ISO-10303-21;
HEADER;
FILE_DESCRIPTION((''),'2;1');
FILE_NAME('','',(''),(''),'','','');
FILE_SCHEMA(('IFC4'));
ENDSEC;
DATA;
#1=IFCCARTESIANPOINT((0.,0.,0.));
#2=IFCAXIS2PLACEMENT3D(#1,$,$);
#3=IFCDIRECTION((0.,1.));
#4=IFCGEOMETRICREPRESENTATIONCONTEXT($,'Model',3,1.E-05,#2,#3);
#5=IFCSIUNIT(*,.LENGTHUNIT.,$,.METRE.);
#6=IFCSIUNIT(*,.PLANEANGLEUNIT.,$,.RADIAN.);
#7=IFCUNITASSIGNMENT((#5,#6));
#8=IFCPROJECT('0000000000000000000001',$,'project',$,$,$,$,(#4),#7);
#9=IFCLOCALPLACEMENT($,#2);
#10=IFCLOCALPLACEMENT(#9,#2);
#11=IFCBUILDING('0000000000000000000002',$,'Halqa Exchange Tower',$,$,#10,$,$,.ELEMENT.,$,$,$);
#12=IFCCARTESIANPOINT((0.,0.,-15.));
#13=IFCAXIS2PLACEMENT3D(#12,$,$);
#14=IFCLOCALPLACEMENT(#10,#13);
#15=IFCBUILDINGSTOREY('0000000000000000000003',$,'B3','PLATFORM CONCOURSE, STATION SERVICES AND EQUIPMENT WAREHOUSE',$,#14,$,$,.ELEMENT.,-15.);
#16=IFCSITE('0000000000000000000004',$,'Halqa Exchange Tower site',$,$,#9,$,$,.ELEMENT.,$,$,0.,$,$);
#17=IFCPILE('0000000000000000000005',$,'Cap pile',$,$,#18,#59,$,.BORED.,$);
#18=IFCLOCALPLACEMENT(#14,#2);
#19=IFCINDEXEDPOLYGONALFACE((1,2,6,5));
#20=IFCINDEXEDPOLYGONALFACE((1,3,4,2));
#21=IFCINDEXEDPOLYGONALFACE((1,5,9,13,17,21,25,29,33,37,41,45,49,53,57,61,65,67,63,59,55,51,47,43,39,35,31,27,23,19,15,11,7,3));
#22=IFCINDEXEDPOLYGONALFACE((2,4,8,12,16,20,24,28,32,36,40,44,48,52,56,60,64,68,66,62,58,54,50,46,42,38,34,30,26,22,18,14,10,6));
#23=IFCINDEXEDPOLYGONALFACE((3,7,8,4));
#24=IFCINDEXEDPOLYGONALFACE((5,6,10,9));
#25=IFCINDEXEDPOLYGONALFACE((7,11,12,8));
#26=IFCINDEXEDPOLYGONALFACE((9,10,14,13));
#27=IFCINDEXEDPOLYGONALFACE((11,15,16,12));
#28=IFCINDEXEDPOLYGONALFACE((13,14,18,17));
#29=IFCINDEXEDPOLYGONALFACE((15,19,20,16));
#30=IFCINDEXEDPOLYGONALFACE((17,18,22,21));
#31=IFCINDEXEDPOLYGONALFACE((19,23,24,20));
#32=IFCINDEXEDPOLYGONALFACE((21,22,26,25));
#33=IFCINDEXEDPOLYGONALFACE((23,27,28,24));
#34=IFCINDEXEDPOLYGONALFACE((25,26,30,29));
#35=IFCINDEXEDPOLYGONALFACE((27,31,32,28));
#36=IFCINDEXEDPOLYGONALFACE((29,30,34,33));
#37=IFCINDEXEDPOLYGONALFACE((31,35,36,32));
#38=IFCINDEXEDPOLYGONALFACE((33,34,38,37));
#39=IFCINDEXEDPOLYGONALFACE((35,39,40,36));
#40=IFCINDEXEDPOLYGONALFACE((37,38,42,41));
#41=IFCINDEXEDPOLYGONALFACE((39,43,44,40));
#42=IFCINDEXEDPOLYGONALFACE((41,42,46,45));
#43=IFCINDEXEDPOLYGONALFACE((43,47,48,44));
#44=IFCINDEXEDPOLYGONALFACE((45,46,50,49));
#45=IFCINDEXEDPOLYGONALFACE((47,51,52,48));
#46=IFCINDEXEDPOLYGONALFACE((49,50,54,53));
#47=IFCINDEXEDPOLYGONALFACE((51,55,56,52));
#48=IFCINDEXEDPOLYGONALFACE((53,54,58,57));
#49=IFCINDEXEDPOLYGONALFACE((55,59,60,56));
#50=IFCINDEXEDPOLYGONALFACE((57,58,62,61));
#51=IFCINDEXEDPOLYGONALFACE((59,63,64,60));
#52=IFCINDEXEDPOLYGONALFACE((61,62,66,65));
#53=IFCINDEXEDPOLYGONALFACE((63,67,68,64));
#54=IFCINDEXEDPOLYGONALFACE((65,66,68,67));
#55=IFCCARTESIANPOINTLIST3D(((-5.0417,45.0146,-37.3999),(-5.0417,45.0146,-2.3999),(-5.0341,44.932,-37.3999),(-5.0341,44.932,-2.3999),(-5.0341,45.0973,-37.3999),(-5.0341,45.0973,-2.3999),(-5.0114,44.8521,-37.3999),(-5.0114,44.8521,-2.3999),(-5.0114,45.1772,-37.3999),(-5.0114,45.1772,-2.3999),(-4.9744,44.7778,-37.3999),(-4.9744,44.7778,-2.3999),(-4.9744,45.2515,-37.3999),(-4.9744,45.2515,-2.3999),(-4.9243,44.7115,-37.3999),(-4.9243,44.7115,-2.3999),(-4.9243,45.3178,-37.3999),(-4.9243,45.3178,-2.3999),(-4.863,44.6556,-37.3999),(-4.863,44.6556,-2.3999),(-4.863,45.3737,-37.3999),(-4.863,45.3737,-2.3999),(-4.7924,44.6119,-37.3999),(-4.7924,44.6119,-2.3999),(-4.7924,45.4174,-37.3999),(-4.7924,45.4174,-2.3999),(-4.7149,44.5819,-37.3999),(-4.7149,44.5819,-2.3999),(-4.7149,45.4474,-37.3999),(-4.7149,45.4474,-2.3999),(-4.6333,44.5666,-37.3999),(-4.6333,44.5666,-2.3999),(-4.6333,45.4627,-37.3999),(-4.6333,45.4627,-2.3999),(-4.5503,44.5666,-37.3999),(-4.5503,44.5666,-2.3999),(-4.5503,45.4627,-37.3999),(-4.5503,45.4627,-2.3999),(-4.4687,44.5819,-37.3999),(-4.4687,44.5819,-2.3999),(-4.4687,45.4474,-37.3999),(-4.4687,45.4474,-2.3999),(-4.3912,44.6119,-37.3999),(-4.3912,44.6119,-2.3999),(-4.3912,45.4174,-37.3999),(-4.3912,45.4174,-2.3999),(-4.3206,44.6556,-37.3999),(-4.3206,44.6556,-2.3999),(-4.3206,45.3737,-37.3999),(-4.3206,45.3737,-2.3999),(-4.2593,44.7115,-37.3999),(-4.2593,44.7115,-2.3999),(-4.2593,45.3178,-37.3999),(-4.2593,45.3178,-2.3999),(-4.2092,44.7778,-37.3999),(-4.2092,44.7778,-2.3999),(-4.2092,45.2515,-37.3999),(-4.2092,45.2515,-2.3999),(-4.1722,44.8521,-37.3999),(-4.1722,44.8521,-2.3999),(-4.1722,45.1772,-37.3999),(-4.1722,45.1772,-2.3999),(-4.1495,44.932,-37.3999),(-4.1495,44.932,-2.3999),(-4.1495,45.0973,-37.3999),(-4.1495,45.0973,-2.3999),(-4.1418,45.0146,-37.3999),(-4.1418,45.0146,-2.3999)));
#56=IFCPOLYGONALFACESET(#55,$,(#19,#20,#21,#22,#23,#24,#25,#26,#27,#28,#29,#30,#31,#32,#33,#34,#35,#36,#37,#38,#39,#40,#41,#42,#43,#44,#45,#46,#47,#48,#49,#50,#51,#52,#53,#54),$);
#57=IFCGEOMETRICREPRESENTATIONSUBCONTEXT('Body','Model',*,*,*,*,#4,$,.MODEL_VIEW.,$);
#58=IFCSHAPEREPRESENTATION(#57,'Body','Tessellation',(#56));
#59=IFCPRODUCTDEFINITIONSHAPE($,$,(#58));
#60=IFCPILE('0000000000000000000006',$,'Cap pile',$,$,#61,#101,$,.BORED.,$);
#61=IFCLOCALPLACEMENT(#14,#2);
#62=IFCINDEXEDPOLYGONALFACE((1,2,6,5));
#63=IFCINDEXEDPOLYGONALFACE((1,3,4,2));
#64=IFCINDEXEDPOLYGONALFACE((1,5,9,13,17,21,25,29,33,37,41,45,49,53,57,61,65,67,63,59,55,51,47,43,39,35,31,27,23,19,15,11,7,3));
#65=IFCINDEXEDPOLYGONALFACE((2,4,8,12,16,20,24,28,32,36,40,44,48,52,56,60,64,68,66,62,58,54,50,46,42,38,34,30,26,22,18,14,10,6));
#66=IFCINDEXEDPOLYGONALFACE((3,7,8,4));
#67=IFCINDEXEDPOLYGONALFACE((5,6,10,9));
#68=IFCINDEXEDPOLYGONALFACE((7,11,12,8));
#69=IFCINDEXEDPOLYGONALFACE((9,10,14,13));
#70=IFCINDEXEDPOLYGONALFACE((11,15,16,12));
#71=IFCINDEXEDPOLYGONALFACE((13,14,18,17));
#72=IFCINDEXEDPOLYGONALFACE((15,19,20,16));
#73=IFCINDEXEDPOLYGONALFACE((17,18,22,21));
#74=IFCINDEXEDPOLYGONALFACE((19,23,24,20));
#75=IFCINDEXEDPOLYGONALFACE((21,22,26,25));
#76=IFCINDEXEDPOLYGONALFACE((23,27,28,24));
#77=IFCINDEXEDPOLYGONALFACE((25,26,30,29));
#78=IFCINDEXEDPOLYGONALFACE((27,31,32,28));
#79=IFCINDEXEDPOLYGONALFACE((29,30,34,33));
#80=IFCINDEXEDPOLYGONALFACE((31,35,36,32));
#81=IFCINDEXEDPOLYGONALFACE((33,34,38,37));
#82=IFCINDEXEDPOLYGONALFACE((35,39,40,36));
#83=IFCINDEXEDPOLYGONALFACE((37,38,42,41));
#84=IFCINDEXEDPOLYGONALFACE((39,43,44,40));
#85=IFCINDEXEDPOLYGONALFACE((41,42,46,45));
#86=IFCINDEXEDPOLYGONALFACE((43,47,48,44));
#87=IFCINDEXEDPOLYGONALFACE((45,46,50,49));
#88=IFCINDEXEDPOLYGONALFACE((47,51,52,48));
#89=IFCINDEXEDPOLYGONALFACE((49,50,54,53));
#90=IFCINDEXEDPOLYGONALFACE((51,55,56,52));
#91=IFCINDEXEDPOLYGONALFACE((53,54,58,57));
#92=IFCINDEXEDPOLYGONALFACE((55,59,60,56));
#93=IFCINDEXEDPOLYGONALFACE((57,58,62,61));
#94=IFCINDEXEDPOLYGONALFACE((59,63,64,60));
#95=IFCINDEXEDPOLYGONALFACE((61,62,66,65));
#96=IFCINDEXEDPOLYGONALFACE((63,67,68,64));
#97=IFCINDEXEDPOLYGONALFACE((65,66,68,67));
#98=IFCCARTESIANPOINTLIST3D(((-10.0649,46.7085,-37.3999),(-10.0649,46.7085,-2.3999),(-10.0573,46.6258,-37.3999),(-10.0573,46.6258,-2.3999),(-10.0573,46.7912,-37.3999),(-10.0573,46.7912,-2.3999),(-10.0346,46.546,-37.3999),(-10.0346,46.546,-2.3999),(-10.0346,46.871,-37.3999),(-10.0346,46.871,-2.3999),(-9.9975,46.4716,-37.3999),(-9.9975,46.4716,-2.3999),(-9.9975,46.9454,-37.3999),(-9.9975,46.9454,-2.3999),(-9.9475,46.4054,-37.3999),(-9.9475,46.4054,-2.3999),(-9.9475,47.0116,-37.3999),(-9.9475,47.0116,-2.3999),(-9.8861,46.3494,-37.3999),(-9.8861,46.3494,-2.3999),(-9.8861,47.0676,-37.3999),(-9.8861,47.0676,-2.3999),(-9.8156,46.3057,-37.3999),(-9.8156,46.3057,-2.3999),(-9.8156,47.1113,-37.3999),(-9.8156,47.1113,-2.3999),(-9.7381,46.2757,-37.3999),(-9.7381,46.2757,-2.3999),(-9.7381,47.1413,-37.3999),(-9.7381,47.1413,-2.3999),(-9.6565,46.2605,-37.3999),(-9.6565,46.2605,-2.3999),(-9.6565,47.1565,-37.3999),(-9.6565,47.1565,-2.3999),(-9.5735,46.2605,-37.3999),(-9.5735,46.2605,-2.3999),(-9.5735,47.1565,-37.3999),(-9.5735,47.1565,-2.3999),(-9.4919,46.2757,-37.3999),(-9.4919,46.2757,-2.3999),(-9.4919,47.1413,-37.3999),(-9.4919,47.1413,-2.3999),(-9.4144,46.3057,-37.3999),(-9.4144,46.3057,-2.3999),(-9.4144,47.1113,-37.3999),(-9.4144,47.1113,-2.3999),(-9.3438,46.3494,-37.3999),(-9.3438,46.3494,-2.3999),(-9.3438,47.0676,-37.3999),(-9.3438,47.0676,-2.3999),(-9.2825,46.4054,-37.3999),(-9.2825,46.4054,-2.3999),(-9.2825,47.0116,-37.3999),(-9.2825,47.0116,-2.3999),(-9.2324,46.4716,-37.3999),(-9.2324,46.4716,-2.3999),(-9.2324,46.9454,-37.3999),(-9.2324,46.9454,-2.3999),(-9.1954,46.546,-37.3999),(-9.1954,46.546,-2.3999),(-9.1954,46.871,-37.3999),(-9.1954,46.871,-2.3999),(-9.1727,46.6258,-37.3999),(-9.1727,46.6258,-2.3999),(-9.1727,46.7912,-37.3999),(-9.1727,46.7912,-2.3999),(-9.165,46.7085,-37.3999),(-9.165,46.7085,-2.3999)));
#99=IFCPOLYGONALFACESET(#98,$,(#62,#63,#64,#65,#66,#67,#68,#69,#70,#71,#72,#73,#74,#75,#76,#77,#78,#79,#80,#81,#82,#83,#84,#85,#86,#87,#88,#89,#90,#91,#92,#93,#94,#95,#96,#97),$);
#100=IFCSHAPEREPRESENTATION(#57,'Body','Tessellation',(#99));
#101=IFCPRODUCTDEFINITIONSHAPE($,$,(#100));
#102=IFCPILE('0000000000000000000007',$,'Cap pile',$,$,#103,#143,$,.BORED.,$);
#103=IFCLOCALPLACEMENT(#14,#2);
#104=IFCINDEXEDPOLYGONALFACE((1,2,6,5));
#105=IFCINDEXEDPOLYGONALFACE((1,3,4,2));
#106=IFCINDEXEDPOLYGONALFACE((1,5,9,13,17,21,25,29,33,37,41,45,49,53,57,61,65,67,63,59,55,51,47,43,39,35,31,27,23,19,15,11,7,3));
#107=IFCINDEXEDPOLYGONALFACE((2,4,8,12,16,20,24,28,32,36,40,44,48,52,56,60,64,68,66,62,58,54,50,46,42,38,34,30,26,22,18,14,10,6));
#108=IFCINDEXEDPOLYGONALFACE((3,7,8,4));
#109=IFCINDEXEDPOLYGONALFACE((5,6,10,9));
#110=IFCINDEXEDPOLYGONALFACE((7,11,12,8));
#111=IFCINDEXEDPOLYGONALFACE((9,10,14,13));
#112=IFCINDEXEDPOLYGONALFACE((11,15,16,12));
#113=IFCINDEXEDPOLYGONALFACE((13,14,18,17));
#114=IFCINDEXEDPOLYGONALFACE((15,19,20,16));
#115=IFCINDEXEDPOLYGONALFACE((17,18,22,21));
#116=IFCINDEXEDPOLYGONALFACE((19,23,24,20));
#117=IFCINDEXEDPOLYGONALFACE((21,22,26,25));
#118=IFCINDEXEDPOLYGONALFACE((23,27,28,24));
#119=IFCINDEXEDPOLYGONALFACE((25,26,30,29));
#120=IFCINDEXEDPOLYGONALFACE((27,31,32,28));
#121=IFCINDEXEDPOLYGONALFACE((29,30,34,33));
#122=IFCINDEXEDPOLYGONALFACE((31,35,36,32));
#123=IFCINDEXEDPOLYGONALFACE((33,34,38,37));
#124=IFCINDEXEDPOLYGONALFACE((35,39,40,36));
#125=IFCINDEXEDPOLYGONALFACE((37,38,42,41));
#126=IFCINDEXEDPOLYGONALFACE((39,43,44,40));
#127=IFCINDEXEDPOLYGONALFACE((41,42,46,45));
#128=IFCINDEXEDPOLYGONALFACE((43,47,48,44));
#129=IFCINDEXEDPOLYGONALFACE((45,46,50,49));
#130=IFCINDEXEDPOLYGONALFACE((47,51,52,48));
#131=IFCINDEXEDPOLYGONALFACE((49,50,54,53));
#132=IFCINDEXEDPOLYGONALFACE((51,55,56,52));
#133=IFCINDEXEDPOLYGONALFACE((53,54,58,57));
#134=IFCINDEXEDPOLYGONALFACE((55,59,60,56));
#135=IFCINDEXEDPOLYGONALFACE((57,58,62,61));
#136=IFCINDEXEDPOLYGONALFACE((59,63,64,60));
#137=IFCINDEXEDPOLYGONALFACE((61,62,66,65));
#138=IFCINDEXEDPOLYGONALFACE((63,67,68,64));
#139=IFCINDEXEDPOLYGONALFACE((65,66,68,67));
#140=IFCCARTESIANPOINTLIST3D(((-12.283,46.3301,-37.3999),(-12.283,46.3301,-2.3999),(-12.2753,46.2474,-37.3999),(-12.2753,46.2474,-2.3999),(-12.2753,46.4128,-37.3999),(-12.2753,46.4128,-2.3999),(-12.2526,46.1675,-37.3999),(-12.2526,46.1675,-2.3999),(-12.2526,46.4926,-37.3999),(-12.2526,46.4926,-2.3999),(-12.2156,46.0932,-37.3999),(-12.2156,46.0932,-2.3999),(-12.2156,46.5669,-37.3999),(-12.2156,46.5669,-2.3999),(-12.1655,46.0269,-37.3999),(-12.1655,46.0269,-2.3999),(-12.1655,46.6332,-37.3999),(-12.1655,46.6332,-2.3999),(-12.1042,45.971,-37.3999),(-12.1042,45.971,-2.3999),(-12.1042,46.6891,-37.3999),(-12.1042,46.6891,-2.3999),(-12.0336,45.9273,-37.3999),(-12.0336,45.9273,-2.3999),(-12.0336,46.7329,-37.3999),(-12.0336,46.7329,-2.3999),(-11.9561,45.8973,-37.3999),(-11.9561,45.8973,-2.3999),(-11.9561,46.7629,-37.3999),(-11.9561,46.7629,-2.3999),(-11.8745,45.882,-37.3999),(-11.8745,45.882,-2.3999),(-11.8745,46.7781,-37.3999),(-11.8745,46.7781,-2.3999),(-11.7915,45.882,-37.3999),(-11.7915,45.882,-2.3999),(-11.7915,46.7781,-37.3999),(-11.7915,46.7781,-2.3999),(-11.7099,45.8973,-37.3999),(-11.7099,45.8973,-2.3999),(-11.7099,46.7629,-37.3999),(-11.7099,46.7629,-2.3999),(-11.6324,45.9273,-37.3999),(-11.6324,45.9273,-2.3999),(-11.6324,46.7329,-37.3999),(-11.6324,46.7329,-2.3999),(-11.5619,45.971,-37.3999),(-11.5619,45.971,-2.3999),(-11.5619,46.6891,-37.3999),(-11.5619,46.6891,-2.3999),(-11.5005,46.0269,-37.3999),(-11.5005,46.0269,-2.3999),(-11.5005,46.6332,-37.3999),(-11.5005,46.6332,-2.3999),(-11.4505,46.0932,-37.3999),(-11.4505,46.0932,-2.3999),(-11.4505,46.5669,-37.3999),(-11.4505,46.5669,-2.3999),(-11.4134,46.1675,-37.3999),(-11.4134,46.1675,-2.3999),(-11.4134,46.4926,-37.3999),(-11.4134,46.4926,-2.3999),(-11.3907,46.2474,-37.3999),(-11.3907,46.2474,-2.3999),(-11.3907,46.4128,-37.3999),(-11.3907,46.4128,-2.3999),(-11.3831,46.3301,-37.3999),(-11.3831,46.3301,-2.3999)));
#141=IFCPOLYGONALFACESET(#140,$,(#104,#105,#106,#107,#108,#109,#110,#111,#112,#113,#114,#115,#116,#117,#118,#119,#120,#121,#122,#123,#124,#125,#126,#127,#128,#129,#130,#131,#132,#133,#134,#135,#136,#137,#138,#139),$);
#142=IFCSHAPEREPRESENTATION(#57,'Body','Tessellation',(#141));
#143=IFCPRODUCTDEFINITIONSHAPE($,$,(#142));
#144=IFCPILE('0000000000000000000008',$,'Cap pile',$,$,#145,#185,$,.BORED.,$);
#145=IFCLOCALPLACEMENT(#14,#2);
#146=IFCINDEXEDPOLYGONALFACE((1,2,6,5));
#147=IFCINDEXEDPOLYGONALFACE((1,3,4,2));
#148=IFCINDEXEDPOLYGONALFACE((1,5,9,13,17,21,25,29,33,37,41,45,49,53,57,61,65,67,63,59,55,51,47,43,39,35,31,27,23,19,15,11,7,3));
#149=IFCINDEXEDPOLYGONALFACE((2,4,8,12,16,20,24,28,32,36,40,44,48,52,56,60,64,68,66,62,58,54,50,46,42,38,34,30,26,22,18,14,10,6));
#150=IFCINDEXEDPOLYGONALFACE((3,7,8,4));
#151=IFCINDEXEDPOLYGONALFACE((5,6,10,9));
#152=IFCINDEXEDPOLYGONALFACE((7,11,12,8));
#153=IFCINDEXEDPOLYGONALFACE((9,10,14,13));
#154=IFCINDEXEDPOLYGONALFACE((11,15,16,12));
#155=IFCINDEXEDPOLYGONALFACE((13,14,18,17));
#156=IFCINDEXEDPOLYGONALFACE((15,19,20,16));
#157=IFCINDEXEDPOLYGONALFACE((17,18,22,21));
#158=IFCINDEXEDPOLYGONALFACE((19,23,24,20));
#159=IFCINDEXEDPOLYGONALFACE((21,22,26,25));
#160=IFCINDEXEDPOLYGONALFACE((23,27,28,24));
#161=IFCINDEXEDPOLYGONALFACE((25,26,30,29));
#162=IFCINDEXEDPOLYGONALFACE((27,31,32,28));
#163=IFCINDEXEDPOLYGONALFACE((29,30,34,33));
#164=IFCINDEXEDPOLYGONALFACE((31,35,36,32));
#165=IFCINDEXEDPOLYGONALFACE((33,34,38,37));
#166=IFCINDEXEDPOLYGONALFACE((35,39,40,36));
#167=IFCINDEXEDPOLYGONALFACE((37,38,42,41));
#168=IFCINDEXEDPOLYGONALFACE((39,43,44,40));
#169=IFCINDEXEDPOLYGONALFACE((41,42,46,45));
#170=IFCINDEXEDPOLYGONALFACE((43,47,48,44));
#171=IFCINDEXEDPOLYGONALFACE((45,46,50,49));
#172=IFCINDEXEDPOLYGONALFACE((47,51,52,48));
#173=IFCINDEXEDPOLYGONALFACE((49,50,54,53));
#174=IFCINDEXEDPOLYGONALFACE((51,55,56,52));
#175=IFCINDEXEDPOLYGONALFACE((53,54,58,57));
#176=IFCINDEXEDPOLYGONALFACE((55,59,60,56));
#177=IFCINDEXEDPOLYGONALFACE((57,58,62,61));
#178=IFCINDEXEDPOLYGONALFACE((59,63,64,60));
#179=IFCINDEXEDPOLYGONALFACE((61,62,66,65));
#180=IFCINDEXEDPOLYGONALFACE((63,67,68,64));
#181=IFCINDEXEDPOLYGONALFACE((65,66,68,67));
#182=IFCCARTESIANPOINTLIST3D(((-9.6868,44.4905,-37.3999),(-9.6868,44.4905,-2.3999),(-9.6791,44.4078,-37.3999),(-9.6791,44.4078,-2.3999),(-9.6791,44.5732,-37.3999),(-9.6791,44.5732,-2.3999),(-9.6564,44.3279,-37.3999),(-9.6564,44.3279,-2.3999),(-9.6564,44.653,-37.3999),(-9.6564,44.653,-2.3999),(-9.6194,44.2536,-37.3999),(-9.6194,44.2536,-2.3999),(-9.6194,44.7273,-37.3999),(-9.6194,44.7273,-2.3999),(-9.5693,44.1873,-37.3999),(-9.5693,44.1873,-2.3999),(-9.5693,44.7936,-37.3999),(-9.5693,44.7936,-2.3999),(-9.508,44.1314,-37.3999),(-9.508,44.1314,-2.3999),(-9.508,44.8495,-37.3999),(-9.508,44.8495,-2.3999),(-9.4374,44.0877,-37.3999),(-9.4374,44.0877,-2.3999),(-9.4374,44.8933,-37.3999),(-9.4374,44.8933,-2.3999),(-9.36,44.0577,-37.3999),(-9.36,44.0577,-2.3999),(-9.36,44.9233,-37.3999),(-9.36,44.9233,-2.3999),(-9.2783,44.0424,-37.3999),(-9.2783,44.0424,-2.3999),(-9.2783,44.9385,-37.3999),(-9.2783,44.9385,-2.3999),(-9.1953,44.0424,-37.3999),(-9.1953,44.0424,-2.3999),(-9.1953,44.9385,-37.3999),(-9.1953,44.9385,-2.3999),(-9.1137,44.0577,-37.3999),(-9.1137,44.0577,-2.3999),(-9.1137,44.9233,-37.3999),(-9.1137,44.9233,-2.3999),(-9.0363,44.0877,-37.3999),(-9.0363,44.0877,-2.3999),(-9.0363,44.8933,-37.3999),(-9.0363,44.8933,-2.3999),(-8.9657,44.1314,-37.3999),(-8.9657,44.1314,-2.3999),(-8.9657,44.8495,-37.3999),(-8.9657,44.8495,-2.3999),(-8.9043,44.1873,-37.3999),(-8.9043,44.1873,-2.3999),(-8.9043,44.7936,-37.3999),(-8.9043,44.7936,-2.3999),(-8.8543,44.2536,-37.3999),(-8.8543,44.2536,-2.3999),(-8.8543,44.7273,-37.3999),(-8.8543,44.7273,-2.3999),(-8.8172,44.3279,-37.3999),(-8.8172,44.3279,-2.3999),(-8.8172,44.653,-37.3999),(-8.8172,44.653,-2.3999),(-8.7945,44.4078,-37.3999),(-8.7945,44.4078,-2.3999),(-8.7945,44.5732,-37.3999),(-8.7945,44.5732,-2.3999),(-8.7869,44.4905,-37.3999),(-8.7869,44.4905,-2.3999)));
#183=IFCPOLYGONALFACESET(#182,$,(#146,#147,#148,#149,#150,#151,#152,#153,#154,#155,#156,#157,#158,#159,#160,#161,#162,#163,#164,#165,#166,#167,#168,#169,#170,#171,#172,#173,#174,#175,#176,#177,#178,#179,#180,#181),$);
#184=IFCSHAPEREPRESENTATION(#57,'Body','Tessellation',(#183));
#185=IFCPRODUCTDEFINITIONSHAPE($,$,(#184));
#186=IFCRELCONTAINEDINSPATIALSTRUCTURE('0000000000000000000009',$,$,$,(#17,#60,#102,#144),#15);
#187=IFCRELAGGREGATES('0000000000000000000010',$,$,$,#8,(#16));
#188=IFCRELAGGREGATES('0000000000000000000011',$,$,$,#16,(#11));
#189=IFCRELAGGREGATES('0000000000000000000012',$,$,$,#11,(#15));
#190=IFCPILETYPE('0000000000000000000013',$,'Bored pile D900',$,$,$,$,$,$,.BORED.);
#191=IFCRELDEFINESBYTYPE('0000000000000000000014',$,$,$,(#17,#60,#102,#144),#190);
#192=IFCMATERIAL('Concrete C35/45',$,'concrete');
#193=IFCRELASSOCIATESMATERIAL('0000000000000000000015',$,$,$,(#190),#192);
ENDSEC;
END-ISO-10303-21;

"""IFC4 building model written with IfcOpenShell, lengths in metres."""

from ifc_helpers import new_model, si_unit, direction, frame, origin, origin_2d, place, context, subcontext, project, spatial, circle, extrude, material, material_profile, profile_set, type_object, element, save


model = new_model("IFC4")

# Units and contexts
model_context = context("Model", 3, precision=1e-05, world=origin(), true_north=direction((0.0, 1.0)))
body_context = subcontext(model_context, "Body", "Model", "MODEL_VIEW")
ifc_project = project(units=[si_unit("LENGTHUNIT", "METRE"), si_unit("PLANEANGLEUNIT", "RADIAN")], contexts=[model_context])

# Site, building, storey
site_placement = place(None, origin())
site = spatial("IfcSite", under=ifc_project, at=site_placement, Name="Halqa Exchange Tower site", CompositionType="ELEMENT", RefElevation=0.0)
building_placement = place(site_placement, origin())
building = spatial("IfcBuilding", under=site, at=building_placement, Name="Halqa Exchange Tower", CompositionType="ELEMENT")
storey_placement = place(building_placement, frame((0.0, 0.0, -15.0)))
storey = spatial("IfcBuildingStorey", under=building, at=storey_placement, Name="B3", Description="PLATFORM CONCOURSE, STATION SERVICES AND EQUIPMENT WAREHOUSE", CompositionType="ELEMENT", Elevation=-15.0)

# Piles
ifc_material_1 = material(Name="Concrete C35/45", Category="concrete")
ifc_material_profile_1 = material_profile(ifc_material_1, circle(Radius=0.45, at=origin_2d()), Name="D900")
ifc_profile_set_1 = profile_set([ifc_material_profile_1], Name="Concrete C35/45")
pile_type_1 = type_object("IfcPileType", Name="Bored pile D900", PredefinedType="BORED", material=ifc_profile_set_1)
for number, where, z_axis, x_axis, name in (
    (1, (-4.5918, 45.0146, -2.3999), (0.0, 0.0, -1.0), (1.0, 0.0, 0.0), "Cap pile"),
    (2, (-9.615, 46.7085, -2.3999), (0.0, 0.0, -1.0), (1.0, 0.0, 0.0), "Cap pile"),
    (3, (-11.833, 46.3301, -2.3999), (0.0, 0.0, -1.0), (1.0, 0.0, 0.0), "Cap pile"),
    (4, (-9.2368, 44.4905, -2.3999), (0.0, 0.0, -1.0), (1.0, 0.0, 0.0), "Cap pile"),
):
    element("IfcPile", number, at=place(storey_placement, frame(where, z_axis=z_axis, x_axis=x_axis)), inside=storey, type_object=pile_type_1, Name=name, PredefinedType="BORED", context=body_context, shape_type="SweptSolid", body=[
        extrude(circle(Radius=0.45, at=origin_2d()), origin(), (0.0, 0.0, 1.0), 35.0),
    ])

save(model, "model.ifc")
